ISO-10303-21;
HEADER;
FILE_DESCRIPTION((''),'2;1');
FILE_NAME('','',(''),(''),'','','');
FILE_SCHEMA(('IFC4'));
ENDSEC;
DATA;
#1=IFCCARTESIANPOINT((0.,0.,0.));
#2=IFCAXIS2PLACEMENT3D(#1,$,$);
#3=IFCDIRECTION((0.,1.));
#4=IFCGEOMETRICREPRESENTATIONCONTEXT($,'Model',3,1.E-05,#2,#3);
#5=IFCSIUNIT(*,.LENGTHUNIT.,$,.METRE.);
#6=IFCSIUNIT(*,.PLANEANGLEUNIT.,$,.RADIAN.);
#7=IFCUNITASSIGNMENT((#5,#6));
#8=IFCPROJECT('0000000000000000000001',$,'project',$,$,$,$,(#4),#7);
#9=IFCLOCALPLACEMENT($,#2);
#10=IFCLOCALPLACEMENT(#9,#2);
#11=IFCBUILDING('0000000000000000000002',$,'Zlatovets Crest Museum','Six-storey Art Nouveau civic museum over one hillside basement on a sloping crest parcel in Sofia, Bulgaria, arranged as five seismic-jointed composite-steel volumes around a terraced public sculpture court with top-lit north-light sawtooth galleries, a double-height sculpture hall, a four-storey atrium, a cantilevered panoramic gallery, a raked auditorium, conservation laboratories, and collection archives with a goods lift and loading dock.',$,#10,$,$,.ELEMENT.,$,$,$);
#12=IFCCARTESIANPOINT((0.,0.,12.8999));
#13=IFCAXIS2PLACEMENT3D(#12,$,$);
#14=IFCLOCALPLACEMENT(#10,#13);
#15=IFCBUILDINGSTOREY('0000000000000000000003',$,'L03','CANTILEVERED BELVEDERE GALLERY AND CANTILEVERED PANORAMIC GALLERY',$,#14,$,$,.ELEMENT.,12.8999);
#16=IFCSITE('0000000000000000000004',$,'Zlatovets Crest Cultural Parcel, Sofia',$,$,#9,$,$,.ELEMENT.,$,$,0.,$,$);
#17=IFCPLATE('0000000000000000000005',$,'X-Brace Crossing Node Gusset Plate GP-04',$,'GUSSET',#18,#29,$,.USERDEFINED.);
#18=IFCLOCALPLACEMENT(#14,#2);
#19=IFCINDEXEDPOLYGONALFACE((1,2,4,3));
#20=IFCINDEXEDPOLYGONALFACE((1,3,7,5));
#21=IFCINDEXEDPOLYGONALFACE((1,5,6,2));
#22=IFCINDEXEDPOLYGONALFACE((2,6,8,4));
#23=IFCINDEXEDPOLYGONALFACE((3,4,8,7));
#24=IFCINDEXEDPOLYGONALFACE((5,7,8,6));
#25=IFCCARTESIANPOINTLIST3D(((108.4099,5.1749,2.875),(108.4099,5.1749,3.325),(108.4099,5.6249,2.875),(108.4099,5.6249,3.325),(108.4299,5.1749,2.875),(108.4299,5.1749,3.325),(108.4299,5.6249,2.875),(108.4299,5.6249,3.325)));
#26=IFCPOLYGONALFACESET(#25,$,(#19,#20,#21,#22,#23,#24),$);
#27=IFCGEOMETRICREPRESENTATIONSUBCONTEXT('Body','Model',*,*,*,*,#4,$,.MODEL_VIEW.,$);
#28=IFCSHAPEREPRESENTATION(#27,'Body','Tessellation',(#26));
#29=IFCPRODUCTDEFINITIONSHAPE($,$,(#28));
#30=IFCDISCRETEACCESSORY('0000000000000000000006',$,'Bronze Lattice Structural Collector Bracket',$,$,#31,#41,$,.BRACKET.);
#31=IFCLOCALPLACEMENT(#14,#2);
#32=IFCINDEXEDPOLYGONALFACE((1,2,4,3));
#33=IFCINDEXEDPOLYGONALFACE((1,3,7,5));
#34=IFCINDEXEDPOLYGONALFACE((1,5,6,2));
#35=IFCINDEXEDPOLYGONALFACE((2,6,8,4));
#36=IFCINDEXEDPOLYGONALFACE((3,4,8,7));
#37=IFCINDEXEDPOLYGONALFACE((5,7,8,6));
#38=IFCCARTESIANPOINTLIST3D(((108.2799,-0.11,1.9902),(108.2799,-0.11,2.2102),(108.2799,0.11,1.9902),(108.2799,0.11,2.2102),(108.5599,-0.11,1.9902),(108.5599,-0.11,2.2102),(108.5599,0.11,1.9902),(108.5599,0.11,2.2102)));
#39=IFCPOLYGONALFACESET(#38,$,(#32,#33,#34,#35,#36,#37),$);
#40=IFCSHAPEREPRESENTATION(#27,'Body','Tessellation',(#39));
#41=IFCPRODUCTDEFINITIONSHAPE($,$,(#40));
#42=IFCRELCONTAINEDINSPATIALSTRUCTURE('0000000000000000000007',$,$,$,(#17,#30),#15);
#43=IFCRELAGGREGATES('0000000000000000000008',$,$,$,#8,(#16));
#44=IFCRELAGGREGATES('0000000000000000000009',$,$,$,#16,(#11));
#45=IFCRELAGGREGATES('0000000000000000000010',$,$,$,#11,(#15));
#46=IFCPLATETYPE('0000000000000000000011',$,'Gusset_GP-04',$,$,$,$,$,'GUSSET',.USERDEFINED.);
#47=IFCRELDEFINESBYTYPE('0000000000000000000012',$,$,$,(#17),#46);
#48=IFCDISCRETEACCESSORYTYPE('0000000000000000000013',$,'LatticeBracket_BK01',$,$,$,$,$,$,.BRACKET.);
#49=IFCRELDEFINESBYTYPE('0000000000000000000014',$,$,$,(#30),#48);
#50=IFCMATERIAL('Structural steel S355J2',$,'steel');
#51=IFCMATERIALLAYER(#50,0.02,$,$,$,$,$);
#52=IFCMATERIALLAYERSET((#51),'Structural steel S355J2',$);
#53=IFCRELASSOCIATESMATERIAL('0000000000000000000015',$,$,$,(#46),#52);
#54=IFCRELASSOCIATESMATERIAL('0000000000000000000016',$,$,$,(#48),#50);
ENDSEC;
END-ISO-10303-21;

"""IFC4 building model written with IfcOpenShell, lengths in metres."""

from ifc_helpers import new_model, si_unit, direction, frame, origin, origin_2d, place, context, subcontext, project, spatial, rectangle, extrude, material, layer, layer_set, type_object, element, save


model = new_model("IFC4")

# Units and contexts
model_context = context("Model", 3, precision=1e-05, world=origin(), true_north=direction((0.0, 1.0)))
body_context = subcontext(model_context, "Body", "Model", "MODEL_VIEW")
ifc_project = project(units=[si_unit("LENGTHUNIT", "METRE"), si_unit("PLANEANGLEUNIT", "RADIAN")], contexts=[model_context])

# Site, building, storey
site_placement = place(None, origin())
site = spatial("IfcSite", under=ifc_project, at=site_placement, Name="Zlatovets Crest Cultural Parcel, Sofia", CompositionType="ELEMENT", RefElevation=0.0)
building_placement = place(site_placement, origin())
building = spatial("IfcBuilding", under=site, at=building_placement, Name="Zlatovets Crest Museum", Description="Six-storey Art Nouveau civic museum over one hillside basement on a sloping crest parcel in Sofia, Bulgaria, arranged as five seismic-jointed composite-steel volumes around a terraced public sculpture court with top-lit north-light sawtooth galleries, a double-height sculpture hall, a four-storey atrium, a cantilevered panoramic gallery, a raked auditorium, conservation laboratories, and collection archives with a goods lift and loading dock.", CompositionType="ELEMENT")
storey_placement = place(building_placement, frame((0.0, 0.0, 12.8999)))
storey = spatial("IfcBuildingStorey", under=building, at=storey_placement, Name="L03", Description="CANTILEVERED BELVEDERE GALLERY AND CANTILEVERED PANORAMIC GALLERY", CompositionType="ELEMENT", Elevation=12.8999)

# Shared definitions
ifc_material_1 = material(Name="Structural steel S355J2", Category="steel")

# Plate
ifc_layer_1 = layer(ifc_material_1, 0.02)
ifc_layer_set_1 = layer_set([ifc_layer_1], Name="Structural steel S355J2")
plate_type_1 = type_object("IfcPlateType", Name="Gusset_GP-04", ElementType="GUSSET", PredefinedType="USERDEFINED", material=ifc_layer_set_1)
for number, where, z_axis, x_axis, name in (
    (1, (108.4199, 5.3999, 2.875), (0.0, 0.0, 1.0), (1.0, 0.0, 0.0), "X-Brace Crossing Node Gusset Plate GP-04"),
):
    element("IfcPlate", number, at=place(storey_placement, frame(where, z_axis=z_axis, x_axis=x_axis)), inside=storey, type_object=plate_type_1, Name=name, ObjectType="GUSSET", PredefinedType="USERDEFINED", context=body_context, shape_type="SweptSolid", body=[
        extrude(rectangle(XDim=0.02, YDim=0.45, at=origin_2d()), origin(), (0.0, 0.0, 1.0), 0.45),
    ])

# Discrete accessory
discrete_accessory_type = type_object("IfcDiscreteAccessoryType", Name="LatticeBracket_BK01", PredefinedType="BRACKET", material=ifc_material_1)
discrete_accessory_placement = place(storey_placement, frame((108.4199, 0.0, 1.9902), z_axis=(0.0, 0.0, 1.0), x_axis=(1.0, 0.0, 0.0)))
element("IfcDiscreteAccessory", 2, at=discrete_accessory_placement, inside=storey, type_object=discrete_accessory_type, Name="Bronze Lattice Structural Collector Bracket", PredefinedType="BRACKET", context=body_context, shape_type="SweptSolid", body=[
    extrude(rectangle(XDim=0.28, YDim=0.22, at=origin_2d()), origin(), (0.0, 0.0, 1.0), 0.22),
])

save(model, "model.ifc")
